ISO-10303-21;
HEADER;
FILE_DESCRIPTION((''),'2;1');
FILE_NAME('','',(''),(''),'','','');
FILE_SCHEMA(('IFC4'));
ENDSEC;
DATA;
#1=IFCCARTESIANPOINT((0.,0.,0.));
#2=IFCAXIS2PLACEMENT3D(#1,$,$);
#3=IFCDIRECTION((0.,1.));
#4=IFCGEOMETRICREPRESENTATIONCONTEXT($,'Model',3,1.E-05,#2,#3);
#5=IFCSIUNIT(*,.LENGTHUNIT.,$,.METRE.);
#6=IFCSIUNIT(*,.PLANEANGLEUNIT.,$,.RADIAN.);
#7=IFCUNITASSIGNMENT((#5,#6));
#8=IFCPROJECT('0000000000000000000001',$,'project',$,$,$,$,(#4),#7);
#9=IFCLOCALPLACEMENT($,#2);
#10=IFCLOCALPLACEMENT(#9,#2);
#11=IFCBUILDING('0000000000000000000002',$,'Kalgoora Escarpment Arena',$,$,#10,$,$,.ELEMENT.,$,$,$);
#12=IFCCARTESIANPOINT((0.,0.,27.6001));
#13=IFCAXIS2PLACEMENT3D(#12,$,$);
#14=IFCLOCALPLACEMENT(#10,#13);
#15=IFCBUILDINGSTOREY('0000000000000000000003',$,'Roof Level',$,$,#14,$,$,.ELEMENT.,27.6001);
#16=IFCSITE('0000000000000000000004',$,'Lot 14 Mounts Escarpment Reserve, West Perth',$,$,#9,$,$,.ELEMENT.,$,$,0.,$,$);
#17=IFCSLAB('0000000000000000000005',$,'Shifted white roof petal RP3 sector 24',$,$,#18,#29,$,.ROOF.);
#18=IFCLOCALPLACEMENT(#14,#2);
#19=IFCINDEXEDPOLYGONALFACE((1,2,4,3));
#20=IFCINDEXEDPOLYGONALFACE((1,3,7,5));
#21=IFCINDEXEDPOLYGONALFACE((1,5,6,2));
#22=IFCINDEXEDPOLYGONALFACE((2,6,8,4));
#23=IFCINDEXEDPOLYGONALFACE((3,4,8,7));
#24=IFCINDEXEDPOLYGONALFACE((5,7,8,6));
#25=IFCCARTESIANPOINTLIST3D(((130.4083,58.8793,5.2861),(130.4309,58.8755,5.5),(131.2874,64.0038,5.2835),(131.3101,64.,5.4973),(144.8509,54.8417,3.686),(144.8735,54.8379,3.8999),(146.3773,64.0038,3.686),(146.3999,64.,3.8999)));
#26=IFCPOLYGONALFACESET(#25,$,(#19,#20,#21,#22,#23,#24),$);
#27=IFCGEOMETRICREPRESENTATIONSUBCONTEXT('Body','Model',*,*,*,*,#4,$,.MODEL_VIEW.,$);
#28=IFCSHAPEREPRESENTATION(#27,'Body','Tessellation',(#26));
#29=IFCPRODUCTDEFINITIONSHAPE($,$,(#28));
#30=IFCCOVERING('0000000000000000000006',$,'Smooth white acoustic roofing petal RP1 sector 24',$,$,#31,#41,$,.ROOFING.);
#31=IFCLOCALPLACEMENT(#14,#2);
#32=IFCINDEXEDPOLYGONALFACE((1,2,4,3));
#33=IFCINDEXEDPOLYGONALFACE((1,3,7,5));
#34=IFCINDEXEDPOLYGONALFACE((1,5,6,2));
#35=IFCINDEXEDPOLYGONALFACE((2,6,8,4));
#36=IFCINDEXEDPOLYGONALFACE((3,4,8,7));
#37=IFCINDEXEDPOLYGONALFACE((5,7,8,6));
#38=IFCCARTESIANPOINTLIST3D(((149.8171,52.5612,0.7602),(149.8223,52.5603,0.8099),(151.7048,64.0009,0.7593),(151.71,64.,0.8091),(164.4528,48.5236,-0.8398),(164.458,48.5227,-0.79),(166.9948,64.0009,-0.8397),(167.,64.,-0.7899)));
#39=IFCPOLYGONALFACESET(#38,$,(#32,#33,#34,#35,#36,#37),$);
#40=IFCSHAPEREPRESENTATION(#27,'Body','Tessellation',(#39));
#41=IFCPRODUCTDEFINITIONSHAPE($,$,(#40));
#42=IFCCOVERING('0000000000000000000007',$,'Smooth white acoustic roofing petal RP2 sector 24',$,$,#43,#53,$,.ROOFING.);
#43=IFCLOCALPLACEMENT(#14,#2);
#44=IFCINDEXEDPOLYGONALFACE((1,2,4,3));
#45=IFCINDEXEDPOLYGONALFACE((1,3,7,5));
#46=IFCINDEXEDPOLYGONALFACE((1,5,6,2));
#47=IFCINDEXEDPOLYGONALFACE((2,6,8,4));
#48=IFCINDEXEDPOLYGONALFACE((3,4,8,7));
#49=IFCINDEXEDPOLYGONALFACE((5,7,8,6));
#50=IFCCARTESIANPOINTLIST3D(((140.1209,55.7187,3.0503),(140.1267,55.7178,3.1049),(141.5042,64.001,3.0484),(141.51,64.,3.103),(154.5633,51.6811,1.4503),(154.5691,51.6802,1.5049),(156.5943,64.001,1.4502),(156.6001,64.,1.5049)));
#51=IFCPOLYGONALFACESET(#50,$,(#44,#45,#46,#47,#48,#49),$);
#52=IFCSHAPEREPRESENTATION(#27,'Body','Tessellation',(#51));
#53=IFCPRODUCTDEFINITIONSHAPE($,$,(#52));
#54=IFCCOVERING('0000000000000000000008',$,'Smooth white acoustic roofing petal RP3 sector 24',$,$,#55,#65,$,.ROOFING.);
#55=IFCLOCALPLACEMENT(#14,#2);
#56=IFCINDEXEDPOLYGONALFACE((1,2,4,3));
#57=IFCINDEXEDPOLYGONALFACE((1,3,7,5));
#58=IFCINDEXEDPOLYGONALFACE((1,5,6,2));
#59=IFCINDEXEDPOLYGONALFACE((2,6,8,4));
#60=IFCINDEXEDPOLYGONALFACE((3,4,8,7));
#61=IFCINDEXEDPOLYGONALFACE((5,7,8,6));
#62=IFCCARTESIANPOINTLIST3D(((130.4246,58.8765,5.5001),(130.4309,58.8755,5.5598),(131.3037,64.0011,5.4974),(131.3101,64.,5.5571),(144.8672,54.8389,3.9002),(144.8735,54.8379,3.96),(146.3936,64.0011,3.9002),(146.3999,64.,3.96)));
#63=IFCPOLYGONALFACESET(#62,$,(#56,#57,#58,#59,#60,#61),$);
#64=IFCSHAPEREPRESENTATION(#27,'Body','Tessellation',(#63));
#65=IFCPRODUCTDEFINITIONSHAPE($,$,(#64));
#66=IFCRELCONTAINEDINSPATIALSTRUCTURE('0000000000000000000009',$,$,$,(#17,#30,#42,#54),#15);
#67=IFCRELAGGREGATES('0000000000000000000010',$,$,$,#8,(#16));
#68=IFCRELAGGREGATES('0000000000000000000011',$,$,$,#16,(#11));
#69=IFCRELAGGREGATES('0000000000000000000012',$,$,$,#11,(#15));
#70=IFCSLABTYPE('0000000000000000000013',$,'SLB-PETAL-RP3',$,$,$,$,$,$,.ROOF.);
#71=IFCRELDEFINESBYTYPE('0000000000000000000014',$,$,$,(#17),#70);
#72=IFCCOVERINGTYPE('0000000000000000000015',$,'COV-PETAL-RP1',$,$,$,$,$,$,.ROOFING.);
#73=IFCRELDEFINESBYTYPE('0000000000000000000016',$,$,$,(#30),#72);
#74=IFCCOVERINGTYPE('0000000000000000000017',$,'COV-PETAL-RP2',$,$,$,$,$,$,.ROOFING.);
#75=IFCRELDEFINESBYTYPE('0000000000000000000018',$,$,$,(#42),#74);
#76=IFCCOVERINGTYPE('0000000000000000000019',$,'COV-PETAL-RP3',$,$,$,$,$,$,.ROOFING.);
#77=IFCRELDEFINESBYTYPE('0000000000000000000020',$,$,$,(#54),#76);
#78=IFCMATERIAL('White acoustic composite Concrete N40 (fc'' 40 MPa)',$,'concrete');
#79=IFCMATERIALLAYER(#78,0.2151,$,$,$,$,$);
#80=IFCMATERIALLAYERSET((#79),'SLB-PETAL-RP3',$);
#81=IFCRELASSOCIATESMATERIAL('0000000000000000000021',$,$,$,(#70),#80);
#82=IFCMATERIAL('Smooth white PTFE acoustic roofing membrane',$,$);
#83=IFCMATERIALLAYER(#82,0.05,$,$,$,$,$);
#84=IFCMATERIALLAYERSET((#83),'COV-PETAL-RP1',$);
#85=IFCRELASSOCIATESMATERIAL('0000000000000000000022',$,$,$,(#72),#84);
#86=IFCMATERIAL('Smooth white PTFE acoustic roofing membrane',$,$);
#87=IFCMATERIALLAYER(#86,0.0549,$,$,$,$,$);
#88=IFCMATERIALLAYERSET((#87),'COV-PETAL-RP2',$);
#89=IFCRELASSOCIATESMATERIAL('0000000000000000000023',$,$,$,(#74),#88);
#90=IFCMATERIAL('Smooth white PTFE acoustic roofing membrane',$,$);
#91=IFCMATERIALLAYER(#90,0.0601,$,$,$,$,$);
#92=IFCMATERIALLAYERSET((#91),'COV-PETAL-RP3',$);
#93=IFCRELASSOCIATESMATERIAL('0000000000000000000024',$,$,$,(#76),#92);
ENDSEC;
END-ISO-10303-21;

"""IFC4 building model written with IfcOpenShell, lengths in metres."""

from ifc_helpers import new_model, si_unit, direction, frame, origin, place, context, subcontext, project, spatial, polyline, outline, extrude, material, layer, layer_set, type_object, element, save


model = new_model("IFC4")

# Units and contexts
model_context = context("Model", 3, precision=1e-05, world=origin(), true_north=direction((0.0, 1.0)))
body_context = subcontext(model_context, "Body", "Model", "MODEL_VIEW")
ifc_project = project(units=[si_unit("LENGTHUNIT", "METRE"), si_unit("PLANEANGLEUNIT", "RADIAN")], contexts=[model_context])

# Site, building, storey
site_placement = place(None, origin())
site = spatial("IfcSite", under=ifc_project, at=site_placement, Name="Lot 14 Mounts Escarpment Reserve, West Perth", CompositionType="ELEMENT", RefElevation=0.0)
building_placement = place(site_placement, origin())
building = spatial("IfcBuilding", under=site, at=building_placement, Name="Kalgoora Escarpment Arena", CompositionType="ELEMENT")
storey_placement = place(building_placement, frame((0.0, 0.0, 27.6001)))
storey = spatial("IfcBuildingStorey", under=building, at=storey_placement, Name="Roof Level", CompositionType="ELEMENT", Elevation=27.6001)

# Slab
ifc_material_1 = material(Name="White acoustic composite Concrete N40 (fc' 40 MPa)", Category="concrete")
ifc_layer_1 = layer(ifc_material_1, 0.2151)
ifc_layer_set_1 = layer_set([ifc_layer_1], Name="SLB-PETAL-RP3")
slab_type_1 = type_object("IfcSlabType", Name="SLB-PETAL-RP3", PredefinedType="ROOF", material=ifc_layer_set_1)
slab_1_placement = place(storey_placement, frame((144.8735, 54.8379, 3.8999), z_axis=(0.105255, -0.017536, 0.994291), x_axis=(0.164331, 0.986405, 0.0)))
element("IfcSlab", 1, at=slab_1_placement, inside=storey, type_object=slab_type_1, Name="Shifted white roof petal RP3 sector 24", PredefinedType="ROOF", context=body_context, shape_type="SweptSolid", body=[
    extrude(outline(polyline([(0.0, 0.0), (9.2884, 0.0), (6.8087, 14.9702), (1.6093, 14.9954), (0.0, 0.0)])), origin(), (0.0, 0.0, -1.0), 0.2151),
])

# Coverings
ifc_material_2 = material(Name="Smooth white PTFE acoustic roofing membrane")
ifc_layer_2 = layer(ifc_material_2, 0.05)
ifc_layer_set_2 = layer_set([ifc_layer_2], Name="COV-PETAL-RP1")
covering_type_1 = type_object("IfcCoveringType", Name="COV-PETAL-RP1", PredefinedType="ROOFING", material=ifc_layer_set_2)
covering_1_placement = place(storey_placement, frame((164.458, 48.5227, -0.79), z_axis=(0.103996, -0.017087, 0.994431), x_axis=(0.162069, 0.986779, 0.000007)))
element("IfcCovering", 2, at=covering_1_placement, inside=storey, type_object=covering_type_1, Name="Smooth white acoustic roofing petal RP1 sector 24", PredefinedType="ROOFING", context=body_context, shape_type="SweptSolid", body=[
    extrude(outline(polyline([(0.0, 0.0), (15.6847, 0.0), (13.2066, 15.1724), (1.6122, 15.1812), (0.0, 0.0)])), origin(), (0.0, 0.0, -1.0), 0.05),
])
ifc_material_3 = material(Name="Smooth white PTFE acoustic roofing membrane")
ifc_layer_3 = layer(ifc_material_3, 0.0549)
ifc_layer_set_3 = layer_set([ifc_layer_3], Name="COV-PETAL-RP2")
covering_type_2 = type_object("IfcCoveringType", Name="COV-PETAL-RP2", PredefinedType="ROOFING", material=ifc_layer_set_3)
covering_2_placement = place(storey_placement, frame((154.5691, 51.6802, 1.5049), z_axis=(0.105304, -0.017357, 0.994289), x_axis=(0.162661, 0.986682, -0.000003)))
element("IfcCovering", 3, at=covering_2_placement, inside=storey, type_object=covering_type_2, Name="Smooth white acoustic roofing petal RP2 sector 24", PredefinedType="ROOFING", context=body_context, shape_type="SweptSolid", body=[
    extrude(outline(polyline([(0.0, 0.0), (12.4861, 0.0), (10.0315, 14.9746), (1.6346, 14.9924), (0.0, 0.0)])), origin(), (0.0, 0.0, -1.0), 0.0549),
])
ifc_material_4 = material(Name="Smooth white PTFE acoustic roofing membrane")
ifc_layer_4 = layer(ifc_material_4, 0.0601)
ifc_layer_set_4 = layer_set([ifc_layer_4], Name="COV-PETAL-RP3")
covering_type_3 = type_object("IfcCoveringType", Name="COV-PETAL-RP3", PredefinedType="ROOFING", material=ifc_layer_set_4)
covering_3_placement = place(storey_placement, frame((144.8735, 54.8379, 3.96), z_axis=(0.10524, -0.017533, 0.994292), x_axis=(0.164331, 0.986405, 0.0)))
element("IfcCovering", 4, at=covering_3_placement, inside=storey, type_object=covering_type_3, Name="Smooth white acoustic roofing petal RP3 sector 24", PredefinedType="ROOFING", context=body_context, shape_type="SweptSolid", body=[
    extrude(outline(polyline([(0.0, 0.0), (9.2884, 0.0), (6.8087, 14.9701), (1.6093, 14.9954), (0.0, 0.0)])), origin(), (0.0, 0.0, -1.0), 0.0601),
])

save(model, "model.ifc")
